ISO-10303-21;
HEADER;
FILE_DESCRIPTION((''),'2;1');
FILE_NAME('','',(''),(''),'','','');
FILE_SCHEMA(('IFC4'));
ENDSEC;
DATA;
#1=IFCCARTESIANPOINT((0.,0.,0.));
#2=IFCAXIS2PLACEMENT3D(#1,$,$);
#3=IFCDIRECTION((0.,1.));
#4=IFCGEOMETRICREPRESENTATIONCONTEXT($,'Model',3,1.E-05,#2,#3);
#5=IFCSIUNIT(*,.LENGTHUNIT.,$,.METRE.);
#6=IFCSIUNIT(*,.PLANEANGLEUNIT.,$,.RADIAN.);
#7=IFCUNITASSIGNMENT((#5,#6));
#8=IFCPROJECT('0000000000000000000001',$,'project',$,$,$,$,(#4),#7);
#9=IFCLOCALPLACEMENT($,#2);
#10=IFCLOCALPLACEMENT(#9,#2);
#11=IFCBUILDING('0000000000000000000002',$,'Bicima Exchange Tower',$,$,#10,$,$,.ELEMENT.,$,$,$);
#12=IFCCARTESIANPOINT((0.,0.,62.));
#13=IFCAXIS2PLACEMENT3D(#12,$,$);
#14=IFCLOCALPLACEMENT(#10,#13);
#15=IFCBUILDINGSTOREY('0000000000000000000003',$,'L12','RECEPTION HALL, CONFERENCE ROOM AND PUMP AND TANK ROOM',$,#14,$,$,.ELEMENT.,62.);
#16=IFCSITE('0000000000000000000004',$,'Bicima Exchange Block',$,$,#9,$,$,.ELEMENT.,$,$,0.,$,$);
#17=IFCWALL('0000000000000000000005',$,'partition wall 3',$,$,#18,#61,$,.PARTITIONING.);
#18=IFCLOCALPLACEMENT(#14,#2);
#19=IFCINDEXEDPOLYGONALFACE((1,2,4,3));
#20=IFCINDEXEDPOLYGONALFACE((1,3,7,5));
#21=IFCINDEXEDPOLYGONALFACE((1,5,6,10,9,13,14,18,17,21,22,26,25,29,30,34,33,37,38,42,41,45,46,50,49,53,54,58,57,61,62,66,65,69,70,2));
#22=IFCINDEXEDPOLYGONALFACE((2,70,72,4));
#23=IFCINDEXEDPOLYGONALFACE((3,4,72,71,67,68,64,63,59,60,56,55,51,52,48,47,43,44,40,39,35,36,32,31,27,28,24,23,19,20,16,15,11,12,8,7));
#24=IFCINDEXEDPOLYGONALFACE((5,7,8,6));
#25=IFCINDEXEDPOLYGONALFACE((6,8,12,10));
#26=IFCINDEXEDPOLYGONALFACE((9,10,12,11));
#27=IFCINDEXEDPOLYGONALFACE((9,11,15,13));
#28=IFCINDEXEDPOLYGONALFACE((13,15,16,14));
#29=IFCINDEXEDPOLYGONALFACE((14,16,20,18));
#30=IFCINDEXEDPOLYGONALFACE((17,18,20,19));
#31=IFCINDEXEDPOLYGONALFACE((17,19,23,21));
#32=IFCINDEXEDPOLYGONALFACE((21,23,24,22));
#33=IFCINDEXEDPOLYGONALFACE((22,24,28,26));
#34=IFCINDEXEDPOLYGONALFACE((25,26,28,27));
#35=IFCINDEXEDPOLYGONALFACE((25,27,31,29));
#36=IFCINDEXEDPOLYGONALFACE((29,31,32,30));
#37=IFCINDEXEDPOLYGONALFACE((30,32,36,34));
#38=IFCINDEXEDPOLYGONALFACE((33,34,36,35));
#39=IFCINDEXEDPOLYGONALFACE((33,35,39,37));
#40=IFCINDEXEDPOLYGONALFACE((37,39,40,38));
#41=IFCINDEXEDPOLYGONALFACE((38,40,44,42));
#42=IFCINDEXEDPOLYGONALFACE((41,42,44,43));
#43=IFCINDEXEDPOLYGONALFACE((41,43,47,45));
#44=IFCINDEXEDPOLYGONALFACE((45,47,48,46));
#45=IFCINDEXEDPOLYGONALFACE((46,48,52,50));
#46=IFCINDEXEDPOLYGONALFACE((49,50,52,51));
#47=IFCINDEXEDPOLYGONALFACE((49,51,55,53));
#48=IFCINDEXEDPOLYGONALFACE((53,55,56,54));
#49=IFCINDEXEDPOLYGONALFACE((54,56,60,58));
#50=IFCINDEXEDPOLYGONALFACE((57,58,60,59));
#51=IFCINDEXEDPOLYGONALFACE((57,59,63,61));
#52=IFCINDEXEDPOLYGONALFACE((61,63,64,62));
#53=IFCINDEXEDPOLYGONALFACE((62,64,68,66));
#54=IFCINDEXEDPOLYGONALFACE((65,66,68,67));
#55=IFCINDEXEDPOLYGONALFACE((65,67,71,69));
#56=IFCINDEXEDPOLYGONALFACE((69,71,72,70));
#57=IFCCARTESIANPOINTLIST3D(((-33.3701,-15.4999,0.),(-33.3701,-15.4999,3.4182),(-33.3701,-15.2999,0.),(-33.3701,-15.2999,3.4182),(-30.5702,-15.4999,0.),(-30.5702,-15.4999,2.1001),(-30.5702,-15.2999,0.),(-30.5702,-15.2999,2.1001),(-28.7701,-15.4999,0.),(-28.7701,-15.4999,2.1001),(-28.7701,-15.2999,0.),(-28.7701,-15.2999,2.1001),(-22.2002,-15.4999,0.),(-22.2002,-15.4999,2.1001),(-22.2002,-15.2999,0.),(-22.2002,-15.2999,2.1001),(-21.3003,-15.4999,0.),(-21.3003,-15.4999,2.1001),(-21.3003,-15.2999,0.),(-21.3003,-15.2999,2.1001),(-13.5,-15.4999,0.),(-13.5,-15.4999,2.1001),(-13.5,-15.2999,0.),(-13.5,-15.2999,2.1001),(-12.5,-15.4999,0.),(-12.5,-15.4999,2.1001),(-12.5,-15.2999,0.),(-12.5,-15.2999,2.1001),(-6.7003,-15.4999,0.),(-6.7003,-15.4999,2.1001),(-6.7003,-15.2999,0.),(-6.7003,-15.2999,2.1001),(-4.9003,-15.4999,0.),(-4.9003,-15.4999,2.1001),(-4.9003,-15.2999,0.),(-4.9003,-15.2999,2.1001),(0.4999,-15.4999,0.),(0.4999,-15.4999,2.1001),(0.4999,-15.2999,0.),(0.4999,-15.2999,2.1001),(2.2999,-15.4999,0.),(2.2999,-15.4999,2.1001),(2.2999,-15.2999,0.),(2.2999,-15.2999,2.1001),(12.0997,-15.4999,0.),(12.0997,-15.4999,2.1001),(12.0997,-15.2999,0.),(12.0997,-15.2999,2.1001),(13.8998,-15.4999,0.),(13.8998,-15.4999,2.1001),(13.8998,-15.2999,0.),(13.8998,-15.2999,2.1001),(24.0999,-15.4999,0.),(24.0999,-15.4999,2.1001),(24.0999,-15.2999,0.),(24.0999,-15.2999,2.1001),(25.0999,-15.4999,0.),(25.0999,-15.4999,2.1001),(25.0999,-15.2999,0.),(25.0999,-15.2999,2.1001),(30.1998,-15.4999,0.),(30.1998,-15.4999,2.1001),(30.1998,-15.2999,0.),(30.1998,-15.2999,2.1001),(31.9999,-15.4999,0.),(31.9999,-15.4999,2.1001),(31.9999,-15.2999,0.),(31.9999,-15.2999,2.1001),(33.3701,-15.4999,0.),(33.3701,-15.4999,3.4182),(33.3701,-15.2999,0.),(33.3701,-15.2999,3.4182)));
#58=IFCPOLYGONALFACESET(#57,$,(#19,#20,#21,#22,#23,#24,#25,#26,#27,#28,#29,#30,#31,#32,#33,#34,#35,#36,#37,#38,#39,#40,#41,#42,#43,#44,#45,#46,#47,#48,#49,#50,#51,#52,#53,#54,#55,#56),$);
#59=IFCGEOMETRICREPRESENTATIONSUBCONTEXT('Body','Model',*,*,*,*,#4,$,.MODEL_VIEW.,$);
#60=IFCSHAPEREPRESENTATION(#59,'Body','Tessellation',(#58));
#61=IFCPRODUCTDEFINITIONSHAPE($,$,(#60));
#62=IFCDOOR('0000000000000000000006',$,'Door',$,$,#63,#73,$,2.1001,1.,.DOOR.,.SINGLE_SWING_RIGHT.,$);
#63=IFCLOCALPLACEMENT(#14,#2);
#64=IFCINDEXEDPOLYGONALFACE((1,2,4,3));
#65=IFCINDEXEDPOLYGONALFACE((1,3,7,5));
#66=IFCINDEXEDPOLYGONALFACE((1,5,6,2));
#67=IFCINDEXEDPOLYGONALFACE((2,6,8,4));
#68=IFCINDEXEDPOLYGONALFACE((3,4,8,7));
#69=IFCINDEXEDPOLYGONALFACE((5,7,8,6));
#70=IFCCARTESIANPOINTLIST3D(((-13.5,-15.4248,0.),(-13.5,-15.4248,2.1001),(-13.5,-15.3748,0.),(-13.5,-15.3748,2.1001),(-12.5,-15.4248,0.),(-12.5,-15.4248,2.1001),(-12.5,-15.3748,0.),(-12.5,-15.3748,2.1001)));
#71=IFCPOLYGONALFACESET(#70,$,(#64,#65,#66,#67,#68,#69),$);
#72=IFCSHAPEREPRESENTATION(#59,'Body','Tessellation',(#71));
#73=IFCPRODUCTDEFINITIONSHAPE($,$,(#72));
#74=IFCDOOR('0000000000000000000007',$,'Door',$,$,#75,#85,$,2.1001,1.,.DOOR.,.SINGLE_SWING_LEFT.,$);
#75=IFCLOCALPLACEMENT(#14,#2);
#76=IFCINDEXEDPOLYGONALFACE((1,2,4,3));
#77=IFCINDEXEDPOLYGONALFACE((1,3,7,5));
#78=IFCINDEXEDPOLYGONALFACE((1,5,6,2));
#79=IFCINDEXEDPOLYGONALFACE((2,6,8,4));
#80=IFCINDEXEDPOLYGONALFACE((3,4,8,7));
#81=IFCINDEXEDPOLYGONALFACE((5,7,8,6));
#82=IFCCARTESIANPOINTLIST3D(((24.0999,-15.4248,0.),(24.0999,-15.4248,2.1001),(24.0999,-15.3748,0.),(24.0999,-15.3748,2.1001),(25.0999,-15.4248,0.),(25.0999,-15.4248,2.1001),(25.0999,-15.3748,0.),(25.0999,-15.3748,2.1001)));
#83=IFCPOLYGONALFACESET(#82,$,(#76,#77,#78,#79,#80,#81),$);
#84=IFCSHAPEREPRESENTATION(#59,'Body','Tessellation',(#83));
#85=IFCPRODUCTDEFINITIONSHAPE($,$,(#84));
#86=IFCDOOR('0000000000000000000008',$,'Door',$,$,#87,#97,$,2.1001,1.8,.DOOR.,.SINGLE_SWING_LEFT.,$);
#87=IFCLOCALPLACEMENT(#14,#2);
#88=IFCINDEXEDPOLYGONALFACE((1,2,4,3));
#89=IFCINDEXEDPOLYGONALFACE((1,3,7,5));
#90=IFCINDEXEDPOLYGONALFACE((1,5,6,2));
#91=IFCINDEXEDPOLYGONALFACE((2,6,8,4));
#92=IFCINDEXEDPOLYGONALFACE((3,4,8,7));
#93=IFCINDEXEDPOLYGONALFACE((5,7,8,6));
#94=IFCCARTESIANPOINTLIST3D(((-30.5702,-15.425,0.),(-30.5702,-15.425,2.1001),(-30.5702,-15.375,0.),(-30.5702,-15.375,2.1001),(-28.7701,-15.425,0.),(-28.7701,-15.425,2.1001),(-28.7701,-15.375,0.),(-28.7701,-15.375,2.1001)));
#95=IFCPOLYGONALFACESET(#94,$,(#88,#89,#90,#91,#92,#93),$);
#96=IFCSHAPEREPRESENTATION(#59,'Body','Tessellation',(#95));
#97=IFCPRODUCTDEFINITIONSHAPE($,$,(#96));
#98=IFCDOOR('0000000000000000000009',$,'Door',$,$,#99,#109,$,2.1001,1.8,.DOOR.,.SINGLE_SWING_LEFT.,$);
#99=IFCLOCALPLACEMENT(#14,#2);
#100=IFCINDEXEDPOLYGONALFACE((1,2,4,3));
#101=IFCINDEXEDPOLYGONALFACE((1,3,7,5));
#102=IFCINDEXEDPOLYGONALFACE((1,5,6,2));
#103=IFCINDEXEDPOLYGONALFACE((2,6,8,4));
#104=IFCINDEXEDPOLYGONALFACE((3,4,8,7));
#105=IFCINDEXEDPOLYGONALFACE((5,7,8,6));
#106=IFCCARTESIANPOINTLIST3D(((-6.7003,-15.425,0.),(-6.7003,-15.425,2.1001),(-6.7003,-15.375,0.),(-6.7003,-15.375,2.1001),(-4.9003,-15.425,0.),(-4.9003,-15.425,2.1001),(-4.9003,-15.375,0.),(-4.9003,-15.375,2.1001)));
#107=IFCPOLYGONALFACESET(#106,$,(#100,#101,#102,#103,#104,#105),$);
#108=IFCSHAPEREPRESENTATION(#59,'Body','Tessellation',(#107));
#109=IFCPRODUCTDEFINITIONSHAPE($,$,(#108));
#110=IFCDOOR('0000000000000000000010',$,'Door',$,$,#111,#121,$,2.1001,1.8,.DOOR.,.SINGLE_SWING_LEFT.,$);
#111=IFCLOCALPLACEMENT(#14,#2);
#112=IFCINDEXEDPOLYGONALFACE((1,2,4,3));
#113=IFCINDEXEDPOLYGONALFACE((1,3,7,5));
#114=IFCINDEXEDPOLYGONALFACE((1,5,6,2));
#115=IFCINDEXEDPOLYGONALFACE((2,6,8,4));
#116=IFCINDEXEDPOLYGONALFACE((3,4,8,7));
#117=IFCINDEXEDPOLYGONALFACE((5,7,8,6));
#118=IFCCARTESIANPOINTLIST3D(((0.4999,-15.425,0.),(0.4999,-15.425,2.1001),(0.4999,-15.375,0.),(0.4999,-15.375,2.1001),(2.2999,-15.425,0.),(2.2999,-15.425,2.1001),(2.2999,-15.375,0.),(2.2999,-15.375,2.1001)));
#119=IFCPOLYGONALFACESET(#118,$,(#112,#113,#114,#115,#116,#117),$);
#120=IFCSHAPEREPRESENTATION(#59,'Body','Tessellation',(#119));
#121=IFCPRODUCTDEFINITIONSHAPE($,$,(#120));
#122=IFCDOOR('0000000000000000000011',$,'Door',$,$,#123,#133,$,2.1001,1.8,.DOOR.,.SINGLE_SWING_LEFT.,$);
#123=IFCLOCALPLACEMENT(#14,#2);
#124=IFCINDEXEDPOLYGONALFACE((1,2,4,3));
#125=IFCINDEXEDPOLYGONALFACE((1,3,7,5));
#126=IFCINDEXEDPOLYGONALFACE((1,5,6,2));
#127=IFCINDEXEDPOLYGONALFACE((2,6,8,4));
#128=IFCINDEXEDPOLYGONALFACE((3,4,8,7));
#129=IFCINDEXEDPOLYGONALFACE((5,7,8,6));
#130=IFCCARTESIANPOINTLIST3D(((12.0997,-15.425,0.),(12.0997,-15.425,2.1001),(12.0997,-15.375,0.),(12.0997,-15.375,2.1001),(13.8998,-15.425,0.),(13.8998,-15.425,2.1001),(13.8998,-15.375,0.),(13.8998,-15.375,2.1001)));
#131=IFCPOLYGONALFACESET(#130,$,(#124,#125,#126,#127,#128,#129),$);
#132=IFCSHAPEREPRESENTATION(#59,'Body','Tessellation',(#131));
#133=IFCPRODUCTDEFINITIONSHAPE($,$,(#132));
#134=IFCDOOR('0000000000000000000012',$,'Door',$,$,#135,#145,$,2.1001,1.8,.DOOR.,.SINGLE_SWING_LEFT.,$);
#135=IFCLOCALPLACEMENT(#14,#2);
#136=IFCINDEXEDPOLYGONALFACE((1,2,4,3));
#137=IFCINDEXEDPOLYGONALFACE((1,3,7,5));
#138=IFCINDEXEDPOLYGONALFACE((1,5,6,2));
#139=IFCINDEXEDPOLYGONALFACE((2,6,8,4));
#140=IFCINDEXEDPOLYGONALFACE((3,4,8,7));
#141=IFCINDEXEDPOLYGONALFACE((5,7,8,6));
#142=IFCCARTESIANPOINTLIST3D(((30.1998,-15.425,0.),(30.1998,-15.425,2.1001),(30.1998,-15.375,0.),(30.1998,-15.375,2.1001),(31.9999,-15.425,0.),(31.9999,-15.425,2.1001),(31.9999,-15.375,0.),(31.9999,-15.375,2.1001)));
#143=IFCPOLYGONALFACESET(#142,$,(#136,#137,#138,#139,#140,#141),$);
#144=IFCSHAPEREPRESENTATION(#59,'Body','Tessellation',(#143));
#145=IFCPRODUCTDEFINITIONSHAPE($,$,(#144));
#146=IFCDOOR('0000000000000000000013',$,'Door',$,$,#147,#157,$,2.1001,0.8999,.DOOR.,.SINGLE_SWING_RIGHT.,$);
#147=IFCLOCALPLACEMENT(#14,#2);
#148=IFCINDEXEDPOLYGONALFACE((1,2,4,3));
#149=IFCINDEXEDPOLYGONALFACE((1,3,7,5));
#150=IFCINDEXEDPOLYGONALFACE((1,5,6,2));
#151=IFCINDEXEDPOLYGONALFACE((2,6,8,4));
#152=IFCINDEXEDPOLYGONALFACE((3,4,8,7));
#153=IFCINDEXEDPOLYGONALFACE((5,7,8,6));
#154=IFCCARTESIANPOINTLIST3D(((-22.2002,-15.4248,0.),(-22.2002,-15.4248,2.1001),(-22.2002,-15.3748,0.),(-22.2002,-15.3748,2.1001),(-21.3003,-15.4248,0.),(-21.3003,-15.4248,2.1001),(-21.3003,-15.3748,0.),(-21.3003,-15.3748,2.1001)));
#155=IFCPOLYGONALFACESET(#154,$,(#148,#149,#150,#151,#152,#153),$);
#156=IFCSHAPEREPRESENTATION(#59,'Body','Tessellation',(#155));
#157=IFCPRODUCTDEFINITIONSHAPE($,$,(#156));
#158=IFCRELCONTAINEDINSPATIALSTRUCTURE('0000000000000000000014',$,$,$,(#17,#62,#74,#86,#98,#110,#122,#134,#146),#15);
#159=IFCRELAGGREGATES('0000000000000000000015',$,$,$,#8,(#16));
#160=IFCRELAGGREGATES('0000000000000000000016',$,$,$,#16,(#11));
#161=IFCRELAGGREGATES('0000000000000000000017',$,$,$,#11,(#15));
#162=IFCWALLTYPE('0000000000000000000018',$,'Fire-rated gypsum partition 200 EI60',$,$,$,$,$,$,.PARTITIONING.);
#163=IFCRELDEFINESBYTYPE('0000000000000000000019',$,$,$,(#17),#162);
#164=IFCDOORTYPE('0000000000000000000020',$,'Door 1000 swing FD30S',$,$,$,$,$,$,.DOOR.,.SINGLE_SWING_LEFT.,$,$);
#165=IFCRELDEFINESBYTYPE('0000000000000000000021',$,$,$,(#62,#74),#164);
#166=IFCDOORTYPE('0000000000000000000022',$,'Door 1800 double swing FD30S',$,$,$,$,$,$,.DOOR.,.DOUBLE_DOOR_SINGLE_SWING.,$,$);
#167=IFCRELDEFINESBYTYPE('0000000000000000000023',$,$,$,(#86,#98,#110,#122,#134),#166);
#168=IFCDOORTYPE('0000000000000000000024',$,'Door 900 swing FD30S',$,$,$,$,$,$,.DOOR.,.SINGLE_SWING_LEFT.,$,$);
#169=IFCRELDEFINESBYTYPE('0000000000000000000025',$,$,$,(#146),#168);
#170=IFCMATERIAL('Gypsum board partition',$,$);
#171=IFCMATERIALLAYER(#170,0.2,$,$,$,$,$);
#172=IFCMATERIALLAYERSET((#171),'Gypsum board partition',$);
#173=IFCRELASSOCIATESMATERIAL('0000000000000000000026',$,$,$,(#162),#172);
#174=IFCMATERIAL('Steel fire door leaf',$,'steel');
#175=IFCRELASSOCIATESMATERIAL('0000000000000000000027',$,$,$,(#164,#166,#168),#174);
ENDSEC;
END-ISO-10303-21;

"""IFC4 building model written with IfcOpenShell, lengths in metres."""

from ifc_helpers import new_model, si_unit, direction, frame, frame_2d, origin, place, context, subcontext, project, spatial, rectangle, extrude, material, layer, layer_set, type_object, element, fill, save


model = new_model("IFC4")

# Units and contexts
model_context = context("Model", 3, precision=1e-05, world=origin(), true_north=direction((0.0, 1.0)))
body_context = subcontext(model_context, "Body", "Model", "MODEL_VIEW")
ifc_project = project(units=[si_unit("LENGTHUNIT", "METRE"), si_unit("PLANEANGLEUNIT", "RADIAN")], contexts=[model_context])

# Site, building, storey
site_placement = place(None, origin())
site = spatial("IfcSite", under=ifc_project, at=site_placement, Name="Bicima Exchange Block", CompositionType="ELEMENT", RefElevation=0.0)
building_placement = place(site_placement, origin())
building = spatial("IfcBuilding", under=site, at=building_placement, Name="Bicima Exchange Tower", CompositionType="ELEMENT")
storey_placement = place(building_placement, frame((0.0, 0.0, 62.0)))
storey = spatial("IfcBuildingStorey", under=building, at=storey_placement, Name="L12", Description="RECEPTION HALL, CONFERENCE ROOM AND PUMP AND TANK ROOM", CompositionType="ELEMENT", Elevation=62.0)

# Wall, openings, doors
ifc_material_1 = material(Name="Gypsum board partition")
ifc_layer_1 = layer(ifc_material_1, 0.2)
ifc_layer_set_1 = layer_set([ifc_layer_1], Name="Gypsum board partition")
wall_type_1 = type_object("IfcWallType", Name="Fire-rated gypsum partition 200 EI60", PredefinedType="PARTITIONING", material=ifc_layer_set_1)
wall_1_placement = place(storey_placement, frame((-33.3701, -15.3999, 0.0), z_axis=(0.0, 0.0, 1.0), x_axis=(1.0, 0.0, 0.0)))
wall_1 = element("IfcWall", 1, at=wall_1_placement, inside=storey, type_object=wall_type_1, Name="partition wall 3", PredefinedType="PARTITIONING", context=body_context, shape_type="SweptSolid", body=[
    extrude(rectangle(XDim=66.7402, YDim=0.2, at=frame_2d((33.3701, 0.0))), origin(), (0.0, 0.0, 1.0), 3.4182),
])
opening_1_placement = place(wall_1_placement, frame((2.8, 0.0, 0.0)))
opening_1 = element("IfcOpeningElement", 2, at=opening_1_placement, cuts=wall_1, PredefinedType="OPENING", context=body_context, shape_type="SweptSolid", body=[
    extrude(rectangle(XDim=1.8, YDim=2.1001, at=frame_2d((0.8999, 1.05))), frame((0.0, 0.1118, 0.0), z_axis=(0.0, -1.0, 0.0), x_axis=(1.0, 0.0, 0.0)), (0.0, 0.0, 1.0), 0.2239),
])
opening_2_placement = place(wall_1_placement, frame((11.1699, 0.0, 0.0)))
opening_2 = element("IfcOpeningElement", 3, at=opening_2_placement, cuts=wall_1, PredefinedType="OPENING", context=body_context, shape_type="SweptSolid", body=[
    extrude(rectangle(XDim=0.8999, YDim=2.1001, at=frame_2d((0.45, 1.05))), frame((0.0, 0.1118, 0.0), z_axis=(0.0, -1.0, 0.0), x_axis=(1.0, 0.0, 0.0)), (0.0, 0.0, 1.0), 0.2239),
])
opening_3_placement = place(wall_1_placement, frame((19.8701, 0.0, 0.0)))
opening_3 = element("IfcOpeningElement", 4, at=opening_3_placement, cuts=wall_1, PredefinedType="OPENING", context=body_context, shape_type="SweptSolid", body=[
    extrude(rectangle(XDim=1.0, YDim=2.1001, at=frame_2d((0.5, 1.05))), frame((0.0, 0.1118, 0.0), z_axis=(0.0, -1.0, 0.0), x_axis=(1.0, 0.0, 0.0)), (0.0, 0.0, 1.0), 0.2239),
])
opening_4_placement = place(wall_1_placement, frame((26.6699, 0.0, 0.0)))
opening_4 = element("IfcOpeningElement", 5, at=opening_4_placement, cuts=wall_1, PredefinedType="OPENING", context=body_context, shape_type="SweptSolid", body=[
    extrude(rectangle(XDim=1.8, YDim=2.1001, at=frame_2d((0.8999, 1.05))), frame((0.0, 0.1118, 0.0), z_axis=(0.0, -1.0, 0.0), x_axis=(1.0, 0.0, 0.0)), (0.0, 0.0, 1.0), 0.2239),
])
opening_5_placement = place(wall_1_placement, frame((33.8701, 0.0, 0.0)))
opening_5 = element("IfcOpeningElement", 6, at=opening_5_placement, cuts=wall_1, PredefinedType="OPENING", context=body_context, shape_type="SweptSolid", body=[
    extrude(rectangle(XDim=1.8, YDim=2.1001, at=frame_2d((0.8999, 1.05))), frame((0.0, 0.1118, 0.0), z_axis=(0.0, -1.0, 0.0), x_axis=(1.0, 0.0, 0.0)), (0.0, 0.0, 1.0), 0.2239),
])
opening_6_placement = place(wall_1_placement, frame((45.47, 0.0, 0.0)))
opening_6 = element("IfcOpeningElement", 7, at=opening_6_placement, cuts=wall_1, PredefinedType="OPENING", context=body_context, shape_type="SweptSolid", body=[
    extrude(rectangle(XDim=1.8, YDim=2.1001, at=frame_2d((0.8999, 1.05))), frame((0.0, 0.1118, 0.0), z_axis=(0.0, -1.0, 0.0), x_axis=(1.0, 0.0, 0.0)), (0.0, 0.0, 1.0), 0.2239),
])
opening_7_placement = place(wall_1_placement, frame((57.47, 0.0, 0.0)))
opening_7 = element("IfcOpeningElement", 8, at=opening_7_placement, cuts=wall_1, PredefinedType="OPENING", context=body_context, shape_type="SweptSolid", body=[
    extrude(rectangle(XDim=1.0, YDim=2.1001, at=frame_2d((0.5, 1.05))), frame((0.0, 0.1118, 0.0), z_axis=(0.0, -1.0, 0.0), x_axis=(1.0, 0.0, 0.0)), (0.0, 0.0, 1.0), 0.2239),
])
opening_8_placement = place(wall_1_placement, frame((63.5701, 0.0, 0.0)))
opening_8 = element("IfcOpeningElement", 9, at=opening_8_placement, cuts=wall_1, PredefinedType="OPENING", context=body_context, shape_type="SweptSolid", body=[
    extrude(rectangle(XDim=1.8, YDim=2.1001, at=frame_2d((0.8999, 1.05))), frame((0.0, 0.1118, 0.0), z_axis=(0.0, -1.0, 0.0), x_axis=(1.0, 0.0, 0.0)), (0.0, 0.0, 1.0), 0.2239),
])
ifc_material_2 = material(Name="Steel fire door leaf", Category="steel")
door_type_1 = type_object("IfcDoorType", Name="Door 1000 swing FD30S", OperationType="SINGLE_SWING_LEFT", PredefinedType="DOOR", material=ifc_material_2)
door_1_placement = place(opening_3_placement, frame((1.0, 0.0, 0.0), z_axis=(0.0, 0.0, 1.0), x_axis=(-1.0, 0.0, 0.0)))
door_1 = element("IfcDoor", 10, at=door_1_placement, inside=storey, type_object=door_type_1, Name="Door", OperationType="SINGLE_SWING_RIGHT", OverallHeight=2.1001, OverallWidth=1.0, PredefinedType="DOOR", context=body_context, shape_type="SweptSolid", body=[
    extrude(rectangle(XDim=1.0, YDim=2.1001, at=frame_2d((0.5, 1.05))), frame((0.0, 0.0249, 0.0), z_axis=(0.0, -1.0, 0.0), x_axis=(1.0, 0.0, 0.0)), (0.0, 0.0, 1.0), 0.05),
])
fill(opening_3, door_1)
door_2_placement = place(opening_7_placement, frame((1.0, 0.0, 0.0), z_axis=(0.0, 0.0, 1.0), x_axis=(-1.0, 0.0, 0.0)))
door_2 = element("IfcDoor", 11, at=door_2_placement, inside=storey, type_object=door_type_1, Name="Door", OperationType="SINGLE_SWING_LEFT", OverallHeight=2.1001, OverallWidth=1.0, PredefinedType="DOOR", context=body_context, shape_type="SweptSolid", body=[
    extrude(rectangle(XDim=1.0, YDim=2.1001, at=frame_2d((0.5, 1.05))), frame((0.0, 0.0249, 0.0), z_axis=(0.0, -1.0, 0.0), x_axis=(1.0, 0.0, 0.0)), (0.0, 0.0, 1.0), 0.05),
])
fill(opening_7, door_2)
door_type_2 = type_object("IfcDoorType", Name="Door 1800 double swing FD30S", OperationType="DOUBLE_DOOR_SINGLE_SWING", PredefinedType="DOOR", material=ifc_material_2)
door_3_placement = place(opening_1_placement, origin())
door_3 = element("IfcDoor", 12, at=door_3_placement, inside=storey, type_object=door_type_2, Name="Door", OperationType="SINGLE_SWING_LEFT", OverallHeight=2.1001, OverallWidth=1.8, PredefinedType="DOOR", context=body_context, shape_type="SweptSolid", body=[
    extrude(rectangle(XDim=1.8, YDim=2.1001, at=frame_2d((0.8999, 1.05))), frame((0.0, 0.0249, 0.0), z_axis=(0.0, -1.0, 0.0), x_axis=(1.0, 0.0, 0.0)), (0.0, 0.0, 1.0), 0.05),
])
fill(opening_1, door_3)
door_4_placement = place(opening_4_placement, origin())
door_4 = element("IfcDoor", 13, at=door_4_placement, inside=storey, type_object=door_type_2, Name="Door", OperationType="SINGLE_SWING_LEFT", OverallHeight=2.1001, OverallWidth=1.8, PredefinedType="DOOR", context=body_context, shape_type="SweptSolid", body=[
    extrude(rectangle(XDim=1.8, YDim=2.1001, at=frame_2d((0.8999, 1.05))), frame((0.0, 0.0249, 0.0), z_axis=(0.0, -1.0, 0.0), x_axis=(1.0, 0.0, 0.0)), (0.0, 0.0, 1.0), 0.05),
])
fill(opening_4, door_4)
door_5_placement = place(opening_5_placement, origin())
door_5 = element("IfcDoor", 14, at=door_5_placement, inside=storey, type_object=door_type_2, Name="Door", OperationType="SINGLE_SWING_LEFT", OverallHeight=2.1001, OverallWidth=1.8, PredefinedType="DOOR", context=body_context, shape_type="SweptSolid", body=[
    extrude(rectangle(XDim=1.8, YDim=2.1001, at=frame_2d((0.8999, 1.05))), frame((0.0, 0.0249, 0.0), z_axis=(0.0, -1.0, 0.0), x_axis=(1.0, 0.0, 0.0)), (0.0, 0.0, 1.0), 0.05),
])
fill(opening_5, door_5)
door_6_placement = place(opening_6_placement, origin())
door_6 = element("IfcDoor", 15, at=door_6_placement, inside=storey, type_object=door_type_2, Name="Door", OperationType="SINGLE_SWING_LEFT", OverallHeight=2.1001, OverallWidth=1.8, PredefinedType="DOOR", context=body_context, shape_type="SweptSolid", body=[
    extrude(rectangle(XDim=1.8, YDim=2.1001, at=frame_2d((0.8999, 1.05))), frame((0.0, 0.0249, 0.0), z_axis=(0.0, -1.0, 0.0), x_axis=(1.0, 0.0, 0.0)), (0.0, 0.0, 1.0), 0.05),
])
fill(opening_6, door_6)
door_7_placement = place(opening_8_placement, origin())
door_7 = element("IfcDoor", 16, at=door_7_placement, inside=storey, type_object=door_type_2, Name="Door", OperationType="SINGLE_SWING_LEFT", OverallHeight=2.1001, OverallWidth=1.8, PredefinedType="DOOR", context=body_context, shape_type="SweptSolid", body=[
    extrude(rectangle(XDim=1.8, YDim=2.1001, at=frame_2d((0.8999, 1.05))), frame((0.0, 0.0249, 0.0), z_axis=(0.0, -1.0, 0.0), x_axis=(1.0, 0.0, 0.0)), (0.0, 0.0, 1.0), 0.05),
])
fill(opening_8, door_7)
door_type_3 = type_object("IfcDoorType", Name="Door 900 swing FD30S", OperationType="SINGLE_SWING_LEFT", PredefinedType="DOOR", material=ifc_material_2)
door_8_placement = place(opening_2_placement, frame((0.8999, 0.0, 0.0), z_axis=(0.0, 0.0, 1.0), x_axis=(-1.0, 0.0, 0.0)))
door_8 = element("IfcDoor", 17, at=door_8_placement, inside=storey, type_object=door_type_3, Name="Door", OperationType="SINGLE_SWING_RIGHT", OverallHeight=2.1001, OverallWidth=0.8999, PredefinedType="DOOR", context=body_context, shape_type="SweptSolid", body=[
    extrude(rectangle(XDim=0.8999, YDim=2.1001, at=frame_2d((0.45, 1.05))), frame((0.0, 0.0249, 0.0), z_axis=(0.0, -1.0, 0.0), x_axis=(1.0, 0.0, 0.0)), (0.0, 0.0, 1.0), 0.05),
])
fill(opening_2, door_8)

save(model, "model.ifc")
